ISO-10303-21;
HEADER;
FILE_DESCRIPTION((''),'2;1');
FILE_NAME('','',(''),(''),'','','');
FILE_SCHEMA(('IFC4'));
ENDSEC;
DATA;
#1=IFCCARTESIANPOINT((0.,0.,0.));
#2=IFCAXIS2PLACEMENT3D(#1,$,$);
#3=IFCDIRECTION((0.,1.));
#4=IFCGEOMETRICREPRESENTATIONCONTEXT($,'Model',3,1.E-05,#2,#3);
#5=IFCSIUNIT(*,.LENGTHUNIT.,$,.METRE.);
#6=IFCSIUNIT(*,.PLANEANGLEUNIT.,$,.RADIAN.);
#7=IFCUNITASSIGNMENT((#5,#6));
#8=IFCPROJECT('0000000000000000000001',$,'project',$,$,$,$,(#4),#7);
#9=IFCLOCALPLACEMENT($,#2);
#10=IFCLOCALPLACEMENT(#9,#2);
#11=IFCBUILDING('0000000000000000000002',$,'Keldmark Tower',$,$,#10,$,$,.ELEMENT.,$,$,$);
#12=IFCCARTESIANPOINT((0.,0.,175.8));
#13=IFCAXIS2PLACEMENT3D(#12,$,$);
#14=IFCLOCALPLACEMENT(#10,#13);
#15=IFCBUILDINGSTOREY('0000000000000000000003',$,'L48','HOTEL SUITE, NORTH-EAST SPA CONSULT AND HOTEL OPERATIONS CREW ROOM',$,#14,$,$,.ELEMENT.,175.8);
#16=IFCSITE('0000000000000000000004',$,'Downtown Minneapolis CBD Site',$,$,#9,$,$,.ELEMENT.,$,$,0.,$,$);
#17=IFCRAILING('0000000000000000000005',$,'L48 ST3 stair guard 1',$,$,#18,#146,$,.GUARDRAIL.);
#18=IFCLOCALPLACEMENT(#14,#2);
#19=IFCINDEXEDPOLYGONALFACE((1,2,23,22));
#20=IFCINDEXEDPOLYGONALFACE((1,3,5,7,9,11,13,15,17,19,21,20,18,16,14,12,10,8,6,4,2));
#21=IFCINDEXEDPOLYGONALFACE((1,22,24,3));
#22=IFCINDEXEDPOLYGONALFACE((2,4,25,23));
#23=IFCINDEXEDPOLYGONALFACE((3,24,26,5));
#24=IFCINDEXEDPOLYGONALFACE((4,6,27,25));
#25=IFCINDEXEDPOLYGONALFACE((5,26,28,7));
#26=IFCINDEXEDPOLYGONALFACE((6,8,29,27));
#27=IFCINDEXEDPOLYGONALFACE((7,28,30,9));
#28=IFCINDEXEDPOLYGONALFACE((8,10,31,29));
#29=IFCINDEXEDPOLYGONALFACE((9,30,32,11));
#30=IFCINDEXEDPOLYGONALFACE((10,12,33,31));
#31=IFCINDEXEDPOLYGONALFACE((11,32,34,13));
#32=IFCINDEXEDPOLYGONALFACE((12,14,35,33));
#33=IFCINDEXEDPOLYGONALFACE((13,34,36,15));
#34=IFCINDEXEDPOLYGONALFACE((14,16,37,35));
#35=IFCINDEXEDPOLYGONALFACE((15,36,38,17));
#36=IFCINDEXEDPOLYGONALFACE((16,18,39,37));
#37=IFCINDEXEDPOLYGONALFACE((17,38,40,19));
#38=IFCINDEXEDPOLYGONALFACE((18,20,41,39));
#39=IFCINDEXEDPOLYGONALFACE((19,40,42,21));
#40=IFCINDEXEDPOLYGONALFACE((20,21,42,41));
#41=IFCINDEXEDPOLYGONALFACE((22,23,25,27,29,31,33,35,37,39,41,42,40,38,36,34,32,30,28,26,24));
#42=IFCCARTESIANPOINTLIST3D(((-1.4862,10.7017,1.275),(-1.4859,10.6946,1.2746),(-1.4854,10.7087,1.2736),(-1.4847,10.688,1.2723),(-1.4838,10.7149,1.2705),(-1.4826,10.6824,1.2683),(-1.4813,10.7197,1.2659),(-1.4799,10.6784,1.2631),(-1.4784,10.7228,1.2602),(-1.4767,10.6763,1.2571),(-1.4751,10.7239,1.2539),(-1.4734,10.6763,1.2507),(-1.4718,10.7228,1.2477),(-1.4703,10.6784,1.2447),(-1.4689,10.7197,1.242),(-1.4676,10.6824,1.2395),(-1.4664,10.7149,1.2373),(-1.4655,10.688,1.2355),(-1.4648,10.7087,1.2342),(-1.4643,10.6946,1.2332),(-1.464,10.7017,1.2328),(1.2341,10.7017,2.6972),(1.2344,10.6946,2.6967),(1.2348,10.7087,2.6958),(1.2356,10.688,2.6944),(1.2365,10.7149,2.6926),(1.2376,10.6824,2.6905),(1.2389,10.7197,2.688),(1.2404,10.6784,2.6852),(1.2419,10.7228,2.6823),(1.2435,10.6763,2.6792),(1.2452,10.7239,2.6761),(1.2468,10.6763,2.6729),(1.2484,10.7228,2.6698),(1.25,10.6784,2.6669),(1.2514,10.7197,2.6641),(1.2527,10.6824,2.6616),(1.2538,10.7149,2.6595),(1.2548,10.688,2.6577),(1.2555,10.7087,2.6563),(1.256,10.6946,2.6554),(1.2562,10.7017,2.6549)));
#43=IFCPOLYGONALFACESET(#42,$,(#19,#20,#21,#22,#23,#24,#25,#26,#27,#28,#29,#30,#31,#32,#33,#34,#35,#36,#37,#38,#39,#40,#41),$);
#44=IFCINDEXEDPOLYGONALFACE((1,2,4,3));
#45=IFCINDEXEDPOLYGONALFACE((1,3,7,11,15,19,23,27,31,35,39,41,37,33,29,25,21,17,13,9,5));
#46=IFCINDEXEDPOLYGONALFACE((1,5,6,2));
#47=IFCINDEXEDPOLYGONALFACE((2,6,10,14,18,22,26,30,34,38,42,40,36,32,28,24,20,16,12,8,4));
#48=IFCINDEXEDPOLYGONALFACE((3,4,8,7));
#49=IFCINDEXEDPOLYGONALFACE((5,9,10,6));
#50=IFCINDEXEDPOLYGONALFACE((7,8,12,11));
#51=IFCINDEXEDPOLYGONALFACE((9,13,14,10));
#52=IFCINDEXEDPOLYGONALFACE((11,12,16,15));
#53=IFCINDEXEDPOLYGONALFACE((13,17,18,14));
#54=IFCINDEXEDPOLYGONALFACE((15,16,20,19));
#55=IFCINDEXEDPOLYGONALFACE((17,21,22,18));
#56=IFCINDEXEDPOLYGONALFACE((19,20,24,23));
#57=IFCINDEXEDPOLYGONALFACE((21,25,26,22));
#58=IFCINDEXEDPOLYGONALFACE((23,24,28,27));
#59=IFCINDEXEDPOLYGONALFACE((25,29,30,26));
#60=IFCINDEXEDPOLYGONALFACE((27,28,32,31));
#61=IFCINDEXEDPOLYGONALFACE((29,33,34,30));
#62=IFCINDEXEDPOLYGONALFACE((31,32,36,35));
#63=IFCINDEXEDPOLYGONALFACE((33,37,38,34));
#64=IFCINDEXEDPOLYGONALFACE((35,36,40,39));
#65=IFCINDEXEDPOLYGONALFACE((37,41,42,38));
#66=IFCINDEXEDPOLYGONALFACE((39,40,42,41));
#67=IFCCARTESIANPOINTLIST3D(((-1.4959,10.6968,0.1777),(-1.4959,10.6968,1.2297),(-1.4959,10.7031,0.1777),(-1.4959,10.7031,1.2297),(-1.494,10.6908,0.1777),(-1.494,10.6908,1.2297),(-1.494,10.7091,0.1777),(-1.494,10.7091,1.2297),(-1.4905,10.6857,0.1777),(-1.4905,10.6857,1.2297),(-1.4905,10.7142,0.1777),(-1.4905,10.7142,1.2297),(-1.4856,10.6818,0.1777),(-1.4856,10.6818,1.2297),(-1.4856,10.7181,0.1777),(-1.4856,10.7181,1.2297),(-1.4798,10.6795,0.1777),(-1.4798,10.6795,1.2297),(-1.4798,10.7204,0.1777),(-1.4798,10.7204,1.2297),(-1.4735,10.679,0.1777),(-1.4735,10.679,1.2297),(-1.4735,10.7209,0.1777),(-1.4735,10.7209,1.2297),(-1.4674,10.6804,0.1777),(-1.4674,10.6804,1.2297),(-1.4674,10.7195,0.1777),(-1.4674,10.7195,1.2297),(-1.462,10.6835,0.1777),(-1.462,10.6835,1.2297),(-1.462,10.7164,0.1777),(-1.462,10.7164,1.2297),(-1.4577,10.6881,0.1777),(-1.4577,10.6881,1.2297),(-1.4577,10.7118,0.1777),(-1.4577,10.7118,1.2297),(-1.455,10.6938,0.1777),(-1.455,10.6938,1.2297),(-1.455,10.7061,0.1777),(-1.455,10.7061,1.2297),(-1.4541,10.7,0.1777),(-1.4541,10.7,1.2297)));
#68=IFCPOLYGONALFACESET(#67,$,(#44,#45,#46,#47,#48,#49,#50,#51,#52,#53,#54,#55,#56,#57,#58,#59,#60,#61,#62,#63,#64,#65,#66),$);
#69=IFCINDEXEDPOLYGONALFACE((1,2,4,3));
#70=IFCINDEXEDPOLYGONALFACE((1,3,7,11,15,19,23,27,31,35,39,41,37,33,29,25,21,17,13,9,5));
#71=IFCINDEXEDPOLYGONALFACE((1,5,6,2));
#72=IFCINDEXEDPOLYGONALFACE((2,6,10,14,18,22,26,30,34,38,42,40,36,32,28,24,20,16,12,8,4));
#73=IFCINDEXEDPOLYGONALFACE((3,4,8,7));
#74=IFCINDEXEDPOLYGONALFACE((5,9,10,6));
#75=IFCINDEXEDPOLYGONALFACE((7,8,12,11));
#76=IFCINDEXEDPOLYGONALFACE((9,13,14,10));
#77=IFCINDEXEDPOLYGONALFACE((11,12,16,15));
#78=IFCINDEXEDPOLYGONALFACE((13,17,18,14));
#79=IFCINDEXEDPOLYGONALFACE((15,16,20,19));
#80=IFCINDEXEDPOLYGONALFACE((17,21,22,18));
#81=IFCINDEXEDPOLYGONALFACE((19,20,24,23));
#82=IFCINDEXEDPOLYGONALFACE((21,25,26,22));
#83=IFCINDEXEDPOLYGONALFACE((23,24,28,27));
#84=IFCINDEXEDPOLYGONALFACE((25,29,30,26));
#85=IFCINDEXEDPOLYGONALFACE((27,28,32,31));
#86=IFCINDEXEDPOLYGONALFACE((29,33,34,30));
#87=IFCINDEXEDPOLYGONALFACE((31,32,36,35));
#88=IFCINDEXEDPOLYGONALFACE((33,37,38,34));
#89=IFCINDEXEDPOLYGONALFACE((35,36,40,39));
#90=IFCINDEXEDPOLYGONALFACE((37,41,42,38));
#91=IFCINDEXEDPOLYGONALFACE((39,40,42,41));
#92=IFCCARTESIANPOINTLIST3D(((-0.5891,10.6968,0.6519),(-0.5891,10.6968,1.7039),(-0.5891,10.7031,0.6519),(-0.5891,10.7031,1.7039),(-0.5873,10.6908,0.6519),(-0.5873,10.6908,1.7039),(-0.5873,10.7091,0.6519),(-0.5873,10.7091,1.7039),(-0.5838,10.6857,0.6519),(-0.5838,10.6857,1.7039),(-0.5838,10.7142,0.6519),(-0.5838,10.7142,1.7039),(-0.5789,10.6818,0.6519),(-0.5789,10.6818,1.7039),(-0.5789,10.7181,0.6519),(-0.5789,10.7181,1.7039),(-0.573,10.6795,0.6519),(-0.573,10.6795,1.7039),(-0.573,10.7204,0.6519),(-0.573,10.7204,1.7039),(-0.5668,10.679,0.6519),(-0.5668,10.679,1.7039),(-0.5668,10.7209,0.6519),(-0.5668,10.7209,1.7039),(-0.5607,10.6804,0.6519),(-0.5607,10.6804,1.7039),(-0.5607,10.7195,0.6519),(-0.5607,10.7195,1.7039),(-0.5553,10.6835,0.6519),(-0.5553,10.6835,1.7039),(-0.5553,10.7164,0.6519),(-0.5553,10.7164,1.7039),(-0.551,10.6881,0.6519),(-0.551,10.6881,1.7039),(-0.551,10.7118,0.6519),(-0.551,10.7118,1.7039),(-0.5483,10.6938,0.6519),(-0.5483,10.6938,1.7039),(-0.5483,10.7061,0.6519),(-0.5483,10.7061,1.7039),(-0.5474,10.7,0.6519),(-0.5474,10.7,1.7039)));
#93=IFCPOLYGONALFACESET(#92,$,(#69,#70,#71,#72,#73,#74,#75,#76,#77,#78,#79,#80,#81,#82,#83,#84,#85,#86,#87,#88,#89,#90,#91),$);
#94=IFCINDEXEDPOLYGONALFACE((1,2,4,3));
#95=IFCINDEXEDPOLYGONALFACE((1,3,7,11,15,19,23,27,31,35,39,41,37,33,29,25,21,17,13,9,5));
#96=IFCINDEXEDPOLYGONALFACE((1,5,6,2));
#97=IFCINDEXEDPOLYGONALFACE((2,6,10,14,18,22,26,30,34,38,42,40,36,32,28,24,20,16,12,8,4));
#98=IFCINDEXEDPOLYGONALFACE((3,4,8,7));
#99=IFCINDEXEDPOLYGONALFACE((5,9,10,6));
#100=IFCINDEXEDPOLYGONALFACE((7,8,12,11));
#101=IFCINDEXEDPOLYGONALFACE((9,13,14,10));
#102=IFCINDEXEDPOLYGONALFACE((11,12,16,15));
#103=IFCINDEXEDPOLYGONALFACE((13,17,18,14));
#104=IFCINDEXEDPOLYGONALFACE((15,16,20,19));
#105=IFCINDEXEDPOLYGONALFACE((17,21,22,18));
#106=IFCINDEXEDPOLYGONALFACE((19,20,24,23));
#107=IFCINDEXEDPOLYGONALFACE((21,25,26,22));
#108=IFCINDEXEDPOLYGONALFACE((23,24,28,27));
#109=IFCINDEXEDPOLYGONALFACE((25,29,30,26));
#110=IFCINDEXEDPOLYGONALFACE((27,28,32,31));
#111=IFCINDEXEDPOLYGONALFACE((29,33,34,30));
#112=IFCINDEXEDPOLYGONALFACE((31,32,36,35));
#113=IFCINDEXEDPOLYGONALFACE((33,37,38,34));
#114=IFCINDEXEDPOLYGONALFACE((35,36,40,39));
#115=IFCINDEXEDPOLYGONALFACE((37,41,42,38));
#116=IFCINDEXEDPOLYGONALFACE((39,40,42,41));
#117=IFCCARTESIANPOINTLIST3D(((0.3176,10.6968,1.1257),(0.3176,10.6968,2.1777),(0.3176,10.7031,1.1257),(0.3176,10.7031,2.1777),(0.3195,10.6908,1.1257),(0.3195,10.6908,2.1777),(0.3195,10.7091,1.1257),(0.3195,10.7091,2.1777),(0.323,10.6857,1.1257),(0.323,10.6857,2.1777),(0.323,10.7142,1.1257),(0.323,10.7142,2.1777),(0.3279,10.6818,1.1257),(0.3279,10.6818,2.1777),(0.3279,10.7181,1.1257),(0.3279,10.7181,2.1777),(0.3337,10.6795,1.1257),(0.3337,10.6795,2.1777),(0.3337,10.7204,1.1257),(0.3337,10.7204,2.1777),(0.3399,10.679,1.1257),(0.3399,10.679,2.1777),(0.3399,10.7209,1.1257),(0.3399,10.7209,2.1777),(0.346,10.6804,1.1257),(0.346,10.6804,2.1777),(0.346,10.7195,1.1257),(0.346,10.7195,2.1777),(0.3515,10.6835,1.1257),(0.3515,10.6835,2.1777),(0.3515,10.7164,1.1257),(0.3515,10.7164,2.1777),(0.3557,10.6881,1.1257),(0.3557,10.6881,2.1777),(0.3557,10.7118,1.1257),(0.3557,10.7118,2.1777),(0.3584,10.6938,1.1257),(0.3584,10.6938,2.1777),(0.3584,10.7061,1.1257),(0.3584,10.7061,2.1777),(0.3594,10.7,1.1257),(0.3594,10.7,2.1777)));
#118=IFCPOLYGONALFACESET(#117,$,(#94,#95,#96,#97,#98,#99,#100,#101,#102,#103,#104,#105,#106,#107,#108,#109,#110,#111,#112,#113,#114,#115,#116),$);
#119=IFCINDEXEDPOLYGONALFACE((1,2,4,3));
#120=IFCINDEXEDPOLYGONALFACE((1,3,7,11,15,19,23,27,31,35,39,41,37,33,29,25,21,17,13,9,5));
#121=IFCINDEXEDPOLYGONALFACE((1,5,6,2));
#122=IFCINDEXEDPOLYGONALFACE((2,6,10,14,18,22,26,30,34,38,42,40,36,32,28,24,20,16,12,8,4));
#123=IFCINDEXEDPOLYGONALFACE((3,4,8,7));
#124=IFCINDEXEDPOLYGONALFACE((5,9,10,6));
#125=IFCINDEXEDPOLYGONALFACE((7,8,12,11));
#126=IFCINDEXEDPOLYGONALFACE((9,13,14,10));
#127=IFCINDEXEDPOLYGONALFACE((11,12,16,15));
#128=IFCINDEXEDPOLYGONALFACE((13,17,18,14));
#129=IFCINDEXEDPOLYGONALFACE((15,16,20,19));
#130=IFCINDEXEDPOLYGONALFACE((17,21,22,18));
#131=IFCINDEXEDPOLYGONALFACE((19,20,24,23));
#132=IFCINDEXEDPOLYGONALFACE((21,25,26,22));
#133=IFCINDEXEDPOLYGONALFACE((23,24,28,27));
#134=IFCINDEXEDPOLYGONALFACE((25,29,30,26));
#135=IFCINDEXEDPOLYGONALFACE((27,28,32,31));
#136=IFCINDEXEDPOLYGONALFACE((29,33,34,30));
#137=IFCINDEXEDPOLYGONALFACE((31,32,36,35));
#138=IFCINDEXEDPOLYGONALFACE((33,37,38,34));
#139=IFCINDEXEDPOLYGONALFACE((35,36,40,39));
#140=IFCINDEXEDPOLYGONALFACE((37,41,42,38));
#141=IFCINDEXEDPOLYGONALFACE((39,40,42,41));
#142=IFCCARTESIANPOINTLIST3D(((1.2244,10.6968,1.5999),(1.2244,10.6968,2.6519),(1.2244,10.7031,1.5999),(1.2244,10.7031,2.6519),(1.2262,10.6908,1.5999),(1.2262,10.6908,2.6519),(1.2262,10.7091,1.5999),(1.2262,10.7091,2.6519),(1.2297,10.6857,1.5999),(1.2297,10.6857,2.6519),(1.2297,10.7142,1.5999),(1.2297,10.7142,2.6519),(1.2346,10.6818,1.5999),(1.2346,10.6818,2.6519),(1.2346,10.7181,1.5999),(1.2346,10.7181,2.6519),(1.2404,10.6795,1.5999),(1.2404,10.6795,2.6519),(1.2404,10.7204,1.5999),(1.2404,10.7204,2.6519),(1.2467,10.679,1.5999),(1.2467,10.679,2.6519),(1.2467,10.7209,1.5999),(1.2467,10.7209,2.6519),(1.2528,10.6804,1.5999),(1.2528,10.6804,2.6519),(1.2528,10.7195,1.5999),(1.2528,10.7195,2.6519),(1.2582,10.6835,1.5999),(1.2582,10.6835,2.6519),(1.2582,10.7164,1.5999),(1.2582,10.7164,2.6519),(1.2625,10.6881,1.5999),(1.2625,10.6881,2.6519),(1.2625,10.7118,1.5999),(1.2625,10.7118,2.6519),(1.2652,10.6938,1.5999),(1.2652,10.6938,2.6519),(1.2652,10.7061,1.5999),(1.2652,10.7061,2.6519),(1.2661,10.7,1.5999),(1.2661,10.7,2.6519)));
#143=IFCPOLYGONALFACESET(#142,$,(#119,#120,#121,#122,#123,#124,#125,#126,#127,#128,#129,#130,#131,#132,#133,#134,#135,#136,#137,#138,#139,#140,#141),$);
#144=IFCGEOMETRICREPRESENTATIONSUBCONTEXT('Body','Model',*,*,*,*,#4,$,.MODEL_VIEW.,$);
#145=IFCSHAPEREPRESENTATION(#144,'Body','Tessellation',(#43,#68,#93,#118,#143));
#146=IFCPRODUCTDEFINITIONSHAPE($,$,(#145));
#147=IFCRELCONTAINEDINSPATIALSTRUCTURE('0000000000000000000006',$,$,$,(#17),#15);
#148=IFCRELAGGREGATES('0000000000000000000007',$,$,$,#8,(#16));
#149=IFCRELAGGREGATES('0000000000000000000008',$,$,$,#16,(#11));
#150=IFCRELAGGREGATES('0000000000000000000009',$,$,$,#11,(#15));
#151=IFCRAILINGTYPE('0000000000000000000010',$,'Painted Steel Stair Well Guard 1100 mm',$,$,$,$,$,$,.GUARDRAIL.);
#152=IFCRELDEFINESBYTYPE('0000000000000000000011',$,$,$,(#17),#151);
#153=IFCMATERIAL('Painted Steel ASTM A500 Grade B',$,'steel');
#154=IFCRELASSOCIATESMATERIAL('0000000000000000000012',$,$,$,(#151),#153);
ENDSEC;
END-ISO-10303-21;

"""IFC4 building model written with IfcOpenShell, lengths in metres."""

from ifc_helpers import new_model, si_unit, direction, frame, origin, origin_2d, place, context, subcontext, project, spatial, circle, extrude, material, type_object, element, save


model = new_model("IFC4")

# Units and contexts
model_context = context("Model", 3, precision=1e-05, world=origin(), true_north=direction((0.0, 1.0)))
body_context = subcontext(model_context, "Body", "Model", "MODEL_VIEW")
ifc_project = project(units=[si_unit("LENGTHUNIT", "METRE"), si_unit("PLANEANGLEUNIT", "RADIAN")], contexts=[model_context])

# Site, building, storey
site_placement = place(None, origin())
site = spatial("IfcSite", under=ifc_project, at=site_placement, Name="Downtown Minneapolis CBD Site", CompositionType="ELEMENT", RefElevation=0.0)
building_placement = place(site_placement, origin())
building = spatial("IfcBuilding", under=site, at=building_placement, Name="Keldmark Tower", CompositionType="ELEMENT")
storey_placement = place(building_placement, frame((0.0, 0.0, 175.8)))
storey = spatial("IfcBuildingStorey", under=building, at=storey_placement, Name="L48", Description="HOTEL SUITE, NORTH-EAST SPA CONSULT AND HOTEL OPERATIONS CREW ROOM", CompositionType="ELEMENT", Elevation=175.8)

# Railing
ifc_material_1 = material(Name="Painted Steel ASTM A500 Grade B", Category="steel")
railing_type_1 = type_object("IfcRailingType", Name="Painted Steel Stair Well Guard 1100 mm", PredefinedType="GUARDRAIL", material=ifc_material_1)
railing_1_placement = place(storey_placement, frame((-1.4751, 10.7, 0.1777)))
element("IfcRailing", 1, at=railing_1_placement, inside=storey, type_object=railing_type_1, Name="L48 ST3 stair guard 1", PredefinedType="GUARDRAIL", context=body_context, shape_type="SweptSolid", body=[
    extrude(circle(Radius=0.0239, at=origin_2d()), frame((0.0, 0.0, 1.0762), z_axis=(0.8862, 0.0, 0.463302), x_axis=(0.0, 1.0, 0.0)), (0.0, 0.0, 1.0), 3.0696),
    extrude(circle(Radius=0.021, at=origin_2d()), origin(), (0.0, 0.0, 1.0), 1.052),
    extrude(circle(Radius=0.021, at=origin_2d()), frame((0.9067, 0.0, 0.4741)), (0.0, 0.0, 1.0), 1.052),
    extrude(circle(Radius=0.021, at=origin_2d()), frame((1.8135, 0.0, 0.948)), (0.0, 0.0, 1.0), 1.052),
    extrude(circle(Radius=0.021, at=origin_2d()), frame((2.7202, 0.0, 1.4221)), (0.0, 0.0, 1.0), 1.052),
])

save(model, "model.ifc")
